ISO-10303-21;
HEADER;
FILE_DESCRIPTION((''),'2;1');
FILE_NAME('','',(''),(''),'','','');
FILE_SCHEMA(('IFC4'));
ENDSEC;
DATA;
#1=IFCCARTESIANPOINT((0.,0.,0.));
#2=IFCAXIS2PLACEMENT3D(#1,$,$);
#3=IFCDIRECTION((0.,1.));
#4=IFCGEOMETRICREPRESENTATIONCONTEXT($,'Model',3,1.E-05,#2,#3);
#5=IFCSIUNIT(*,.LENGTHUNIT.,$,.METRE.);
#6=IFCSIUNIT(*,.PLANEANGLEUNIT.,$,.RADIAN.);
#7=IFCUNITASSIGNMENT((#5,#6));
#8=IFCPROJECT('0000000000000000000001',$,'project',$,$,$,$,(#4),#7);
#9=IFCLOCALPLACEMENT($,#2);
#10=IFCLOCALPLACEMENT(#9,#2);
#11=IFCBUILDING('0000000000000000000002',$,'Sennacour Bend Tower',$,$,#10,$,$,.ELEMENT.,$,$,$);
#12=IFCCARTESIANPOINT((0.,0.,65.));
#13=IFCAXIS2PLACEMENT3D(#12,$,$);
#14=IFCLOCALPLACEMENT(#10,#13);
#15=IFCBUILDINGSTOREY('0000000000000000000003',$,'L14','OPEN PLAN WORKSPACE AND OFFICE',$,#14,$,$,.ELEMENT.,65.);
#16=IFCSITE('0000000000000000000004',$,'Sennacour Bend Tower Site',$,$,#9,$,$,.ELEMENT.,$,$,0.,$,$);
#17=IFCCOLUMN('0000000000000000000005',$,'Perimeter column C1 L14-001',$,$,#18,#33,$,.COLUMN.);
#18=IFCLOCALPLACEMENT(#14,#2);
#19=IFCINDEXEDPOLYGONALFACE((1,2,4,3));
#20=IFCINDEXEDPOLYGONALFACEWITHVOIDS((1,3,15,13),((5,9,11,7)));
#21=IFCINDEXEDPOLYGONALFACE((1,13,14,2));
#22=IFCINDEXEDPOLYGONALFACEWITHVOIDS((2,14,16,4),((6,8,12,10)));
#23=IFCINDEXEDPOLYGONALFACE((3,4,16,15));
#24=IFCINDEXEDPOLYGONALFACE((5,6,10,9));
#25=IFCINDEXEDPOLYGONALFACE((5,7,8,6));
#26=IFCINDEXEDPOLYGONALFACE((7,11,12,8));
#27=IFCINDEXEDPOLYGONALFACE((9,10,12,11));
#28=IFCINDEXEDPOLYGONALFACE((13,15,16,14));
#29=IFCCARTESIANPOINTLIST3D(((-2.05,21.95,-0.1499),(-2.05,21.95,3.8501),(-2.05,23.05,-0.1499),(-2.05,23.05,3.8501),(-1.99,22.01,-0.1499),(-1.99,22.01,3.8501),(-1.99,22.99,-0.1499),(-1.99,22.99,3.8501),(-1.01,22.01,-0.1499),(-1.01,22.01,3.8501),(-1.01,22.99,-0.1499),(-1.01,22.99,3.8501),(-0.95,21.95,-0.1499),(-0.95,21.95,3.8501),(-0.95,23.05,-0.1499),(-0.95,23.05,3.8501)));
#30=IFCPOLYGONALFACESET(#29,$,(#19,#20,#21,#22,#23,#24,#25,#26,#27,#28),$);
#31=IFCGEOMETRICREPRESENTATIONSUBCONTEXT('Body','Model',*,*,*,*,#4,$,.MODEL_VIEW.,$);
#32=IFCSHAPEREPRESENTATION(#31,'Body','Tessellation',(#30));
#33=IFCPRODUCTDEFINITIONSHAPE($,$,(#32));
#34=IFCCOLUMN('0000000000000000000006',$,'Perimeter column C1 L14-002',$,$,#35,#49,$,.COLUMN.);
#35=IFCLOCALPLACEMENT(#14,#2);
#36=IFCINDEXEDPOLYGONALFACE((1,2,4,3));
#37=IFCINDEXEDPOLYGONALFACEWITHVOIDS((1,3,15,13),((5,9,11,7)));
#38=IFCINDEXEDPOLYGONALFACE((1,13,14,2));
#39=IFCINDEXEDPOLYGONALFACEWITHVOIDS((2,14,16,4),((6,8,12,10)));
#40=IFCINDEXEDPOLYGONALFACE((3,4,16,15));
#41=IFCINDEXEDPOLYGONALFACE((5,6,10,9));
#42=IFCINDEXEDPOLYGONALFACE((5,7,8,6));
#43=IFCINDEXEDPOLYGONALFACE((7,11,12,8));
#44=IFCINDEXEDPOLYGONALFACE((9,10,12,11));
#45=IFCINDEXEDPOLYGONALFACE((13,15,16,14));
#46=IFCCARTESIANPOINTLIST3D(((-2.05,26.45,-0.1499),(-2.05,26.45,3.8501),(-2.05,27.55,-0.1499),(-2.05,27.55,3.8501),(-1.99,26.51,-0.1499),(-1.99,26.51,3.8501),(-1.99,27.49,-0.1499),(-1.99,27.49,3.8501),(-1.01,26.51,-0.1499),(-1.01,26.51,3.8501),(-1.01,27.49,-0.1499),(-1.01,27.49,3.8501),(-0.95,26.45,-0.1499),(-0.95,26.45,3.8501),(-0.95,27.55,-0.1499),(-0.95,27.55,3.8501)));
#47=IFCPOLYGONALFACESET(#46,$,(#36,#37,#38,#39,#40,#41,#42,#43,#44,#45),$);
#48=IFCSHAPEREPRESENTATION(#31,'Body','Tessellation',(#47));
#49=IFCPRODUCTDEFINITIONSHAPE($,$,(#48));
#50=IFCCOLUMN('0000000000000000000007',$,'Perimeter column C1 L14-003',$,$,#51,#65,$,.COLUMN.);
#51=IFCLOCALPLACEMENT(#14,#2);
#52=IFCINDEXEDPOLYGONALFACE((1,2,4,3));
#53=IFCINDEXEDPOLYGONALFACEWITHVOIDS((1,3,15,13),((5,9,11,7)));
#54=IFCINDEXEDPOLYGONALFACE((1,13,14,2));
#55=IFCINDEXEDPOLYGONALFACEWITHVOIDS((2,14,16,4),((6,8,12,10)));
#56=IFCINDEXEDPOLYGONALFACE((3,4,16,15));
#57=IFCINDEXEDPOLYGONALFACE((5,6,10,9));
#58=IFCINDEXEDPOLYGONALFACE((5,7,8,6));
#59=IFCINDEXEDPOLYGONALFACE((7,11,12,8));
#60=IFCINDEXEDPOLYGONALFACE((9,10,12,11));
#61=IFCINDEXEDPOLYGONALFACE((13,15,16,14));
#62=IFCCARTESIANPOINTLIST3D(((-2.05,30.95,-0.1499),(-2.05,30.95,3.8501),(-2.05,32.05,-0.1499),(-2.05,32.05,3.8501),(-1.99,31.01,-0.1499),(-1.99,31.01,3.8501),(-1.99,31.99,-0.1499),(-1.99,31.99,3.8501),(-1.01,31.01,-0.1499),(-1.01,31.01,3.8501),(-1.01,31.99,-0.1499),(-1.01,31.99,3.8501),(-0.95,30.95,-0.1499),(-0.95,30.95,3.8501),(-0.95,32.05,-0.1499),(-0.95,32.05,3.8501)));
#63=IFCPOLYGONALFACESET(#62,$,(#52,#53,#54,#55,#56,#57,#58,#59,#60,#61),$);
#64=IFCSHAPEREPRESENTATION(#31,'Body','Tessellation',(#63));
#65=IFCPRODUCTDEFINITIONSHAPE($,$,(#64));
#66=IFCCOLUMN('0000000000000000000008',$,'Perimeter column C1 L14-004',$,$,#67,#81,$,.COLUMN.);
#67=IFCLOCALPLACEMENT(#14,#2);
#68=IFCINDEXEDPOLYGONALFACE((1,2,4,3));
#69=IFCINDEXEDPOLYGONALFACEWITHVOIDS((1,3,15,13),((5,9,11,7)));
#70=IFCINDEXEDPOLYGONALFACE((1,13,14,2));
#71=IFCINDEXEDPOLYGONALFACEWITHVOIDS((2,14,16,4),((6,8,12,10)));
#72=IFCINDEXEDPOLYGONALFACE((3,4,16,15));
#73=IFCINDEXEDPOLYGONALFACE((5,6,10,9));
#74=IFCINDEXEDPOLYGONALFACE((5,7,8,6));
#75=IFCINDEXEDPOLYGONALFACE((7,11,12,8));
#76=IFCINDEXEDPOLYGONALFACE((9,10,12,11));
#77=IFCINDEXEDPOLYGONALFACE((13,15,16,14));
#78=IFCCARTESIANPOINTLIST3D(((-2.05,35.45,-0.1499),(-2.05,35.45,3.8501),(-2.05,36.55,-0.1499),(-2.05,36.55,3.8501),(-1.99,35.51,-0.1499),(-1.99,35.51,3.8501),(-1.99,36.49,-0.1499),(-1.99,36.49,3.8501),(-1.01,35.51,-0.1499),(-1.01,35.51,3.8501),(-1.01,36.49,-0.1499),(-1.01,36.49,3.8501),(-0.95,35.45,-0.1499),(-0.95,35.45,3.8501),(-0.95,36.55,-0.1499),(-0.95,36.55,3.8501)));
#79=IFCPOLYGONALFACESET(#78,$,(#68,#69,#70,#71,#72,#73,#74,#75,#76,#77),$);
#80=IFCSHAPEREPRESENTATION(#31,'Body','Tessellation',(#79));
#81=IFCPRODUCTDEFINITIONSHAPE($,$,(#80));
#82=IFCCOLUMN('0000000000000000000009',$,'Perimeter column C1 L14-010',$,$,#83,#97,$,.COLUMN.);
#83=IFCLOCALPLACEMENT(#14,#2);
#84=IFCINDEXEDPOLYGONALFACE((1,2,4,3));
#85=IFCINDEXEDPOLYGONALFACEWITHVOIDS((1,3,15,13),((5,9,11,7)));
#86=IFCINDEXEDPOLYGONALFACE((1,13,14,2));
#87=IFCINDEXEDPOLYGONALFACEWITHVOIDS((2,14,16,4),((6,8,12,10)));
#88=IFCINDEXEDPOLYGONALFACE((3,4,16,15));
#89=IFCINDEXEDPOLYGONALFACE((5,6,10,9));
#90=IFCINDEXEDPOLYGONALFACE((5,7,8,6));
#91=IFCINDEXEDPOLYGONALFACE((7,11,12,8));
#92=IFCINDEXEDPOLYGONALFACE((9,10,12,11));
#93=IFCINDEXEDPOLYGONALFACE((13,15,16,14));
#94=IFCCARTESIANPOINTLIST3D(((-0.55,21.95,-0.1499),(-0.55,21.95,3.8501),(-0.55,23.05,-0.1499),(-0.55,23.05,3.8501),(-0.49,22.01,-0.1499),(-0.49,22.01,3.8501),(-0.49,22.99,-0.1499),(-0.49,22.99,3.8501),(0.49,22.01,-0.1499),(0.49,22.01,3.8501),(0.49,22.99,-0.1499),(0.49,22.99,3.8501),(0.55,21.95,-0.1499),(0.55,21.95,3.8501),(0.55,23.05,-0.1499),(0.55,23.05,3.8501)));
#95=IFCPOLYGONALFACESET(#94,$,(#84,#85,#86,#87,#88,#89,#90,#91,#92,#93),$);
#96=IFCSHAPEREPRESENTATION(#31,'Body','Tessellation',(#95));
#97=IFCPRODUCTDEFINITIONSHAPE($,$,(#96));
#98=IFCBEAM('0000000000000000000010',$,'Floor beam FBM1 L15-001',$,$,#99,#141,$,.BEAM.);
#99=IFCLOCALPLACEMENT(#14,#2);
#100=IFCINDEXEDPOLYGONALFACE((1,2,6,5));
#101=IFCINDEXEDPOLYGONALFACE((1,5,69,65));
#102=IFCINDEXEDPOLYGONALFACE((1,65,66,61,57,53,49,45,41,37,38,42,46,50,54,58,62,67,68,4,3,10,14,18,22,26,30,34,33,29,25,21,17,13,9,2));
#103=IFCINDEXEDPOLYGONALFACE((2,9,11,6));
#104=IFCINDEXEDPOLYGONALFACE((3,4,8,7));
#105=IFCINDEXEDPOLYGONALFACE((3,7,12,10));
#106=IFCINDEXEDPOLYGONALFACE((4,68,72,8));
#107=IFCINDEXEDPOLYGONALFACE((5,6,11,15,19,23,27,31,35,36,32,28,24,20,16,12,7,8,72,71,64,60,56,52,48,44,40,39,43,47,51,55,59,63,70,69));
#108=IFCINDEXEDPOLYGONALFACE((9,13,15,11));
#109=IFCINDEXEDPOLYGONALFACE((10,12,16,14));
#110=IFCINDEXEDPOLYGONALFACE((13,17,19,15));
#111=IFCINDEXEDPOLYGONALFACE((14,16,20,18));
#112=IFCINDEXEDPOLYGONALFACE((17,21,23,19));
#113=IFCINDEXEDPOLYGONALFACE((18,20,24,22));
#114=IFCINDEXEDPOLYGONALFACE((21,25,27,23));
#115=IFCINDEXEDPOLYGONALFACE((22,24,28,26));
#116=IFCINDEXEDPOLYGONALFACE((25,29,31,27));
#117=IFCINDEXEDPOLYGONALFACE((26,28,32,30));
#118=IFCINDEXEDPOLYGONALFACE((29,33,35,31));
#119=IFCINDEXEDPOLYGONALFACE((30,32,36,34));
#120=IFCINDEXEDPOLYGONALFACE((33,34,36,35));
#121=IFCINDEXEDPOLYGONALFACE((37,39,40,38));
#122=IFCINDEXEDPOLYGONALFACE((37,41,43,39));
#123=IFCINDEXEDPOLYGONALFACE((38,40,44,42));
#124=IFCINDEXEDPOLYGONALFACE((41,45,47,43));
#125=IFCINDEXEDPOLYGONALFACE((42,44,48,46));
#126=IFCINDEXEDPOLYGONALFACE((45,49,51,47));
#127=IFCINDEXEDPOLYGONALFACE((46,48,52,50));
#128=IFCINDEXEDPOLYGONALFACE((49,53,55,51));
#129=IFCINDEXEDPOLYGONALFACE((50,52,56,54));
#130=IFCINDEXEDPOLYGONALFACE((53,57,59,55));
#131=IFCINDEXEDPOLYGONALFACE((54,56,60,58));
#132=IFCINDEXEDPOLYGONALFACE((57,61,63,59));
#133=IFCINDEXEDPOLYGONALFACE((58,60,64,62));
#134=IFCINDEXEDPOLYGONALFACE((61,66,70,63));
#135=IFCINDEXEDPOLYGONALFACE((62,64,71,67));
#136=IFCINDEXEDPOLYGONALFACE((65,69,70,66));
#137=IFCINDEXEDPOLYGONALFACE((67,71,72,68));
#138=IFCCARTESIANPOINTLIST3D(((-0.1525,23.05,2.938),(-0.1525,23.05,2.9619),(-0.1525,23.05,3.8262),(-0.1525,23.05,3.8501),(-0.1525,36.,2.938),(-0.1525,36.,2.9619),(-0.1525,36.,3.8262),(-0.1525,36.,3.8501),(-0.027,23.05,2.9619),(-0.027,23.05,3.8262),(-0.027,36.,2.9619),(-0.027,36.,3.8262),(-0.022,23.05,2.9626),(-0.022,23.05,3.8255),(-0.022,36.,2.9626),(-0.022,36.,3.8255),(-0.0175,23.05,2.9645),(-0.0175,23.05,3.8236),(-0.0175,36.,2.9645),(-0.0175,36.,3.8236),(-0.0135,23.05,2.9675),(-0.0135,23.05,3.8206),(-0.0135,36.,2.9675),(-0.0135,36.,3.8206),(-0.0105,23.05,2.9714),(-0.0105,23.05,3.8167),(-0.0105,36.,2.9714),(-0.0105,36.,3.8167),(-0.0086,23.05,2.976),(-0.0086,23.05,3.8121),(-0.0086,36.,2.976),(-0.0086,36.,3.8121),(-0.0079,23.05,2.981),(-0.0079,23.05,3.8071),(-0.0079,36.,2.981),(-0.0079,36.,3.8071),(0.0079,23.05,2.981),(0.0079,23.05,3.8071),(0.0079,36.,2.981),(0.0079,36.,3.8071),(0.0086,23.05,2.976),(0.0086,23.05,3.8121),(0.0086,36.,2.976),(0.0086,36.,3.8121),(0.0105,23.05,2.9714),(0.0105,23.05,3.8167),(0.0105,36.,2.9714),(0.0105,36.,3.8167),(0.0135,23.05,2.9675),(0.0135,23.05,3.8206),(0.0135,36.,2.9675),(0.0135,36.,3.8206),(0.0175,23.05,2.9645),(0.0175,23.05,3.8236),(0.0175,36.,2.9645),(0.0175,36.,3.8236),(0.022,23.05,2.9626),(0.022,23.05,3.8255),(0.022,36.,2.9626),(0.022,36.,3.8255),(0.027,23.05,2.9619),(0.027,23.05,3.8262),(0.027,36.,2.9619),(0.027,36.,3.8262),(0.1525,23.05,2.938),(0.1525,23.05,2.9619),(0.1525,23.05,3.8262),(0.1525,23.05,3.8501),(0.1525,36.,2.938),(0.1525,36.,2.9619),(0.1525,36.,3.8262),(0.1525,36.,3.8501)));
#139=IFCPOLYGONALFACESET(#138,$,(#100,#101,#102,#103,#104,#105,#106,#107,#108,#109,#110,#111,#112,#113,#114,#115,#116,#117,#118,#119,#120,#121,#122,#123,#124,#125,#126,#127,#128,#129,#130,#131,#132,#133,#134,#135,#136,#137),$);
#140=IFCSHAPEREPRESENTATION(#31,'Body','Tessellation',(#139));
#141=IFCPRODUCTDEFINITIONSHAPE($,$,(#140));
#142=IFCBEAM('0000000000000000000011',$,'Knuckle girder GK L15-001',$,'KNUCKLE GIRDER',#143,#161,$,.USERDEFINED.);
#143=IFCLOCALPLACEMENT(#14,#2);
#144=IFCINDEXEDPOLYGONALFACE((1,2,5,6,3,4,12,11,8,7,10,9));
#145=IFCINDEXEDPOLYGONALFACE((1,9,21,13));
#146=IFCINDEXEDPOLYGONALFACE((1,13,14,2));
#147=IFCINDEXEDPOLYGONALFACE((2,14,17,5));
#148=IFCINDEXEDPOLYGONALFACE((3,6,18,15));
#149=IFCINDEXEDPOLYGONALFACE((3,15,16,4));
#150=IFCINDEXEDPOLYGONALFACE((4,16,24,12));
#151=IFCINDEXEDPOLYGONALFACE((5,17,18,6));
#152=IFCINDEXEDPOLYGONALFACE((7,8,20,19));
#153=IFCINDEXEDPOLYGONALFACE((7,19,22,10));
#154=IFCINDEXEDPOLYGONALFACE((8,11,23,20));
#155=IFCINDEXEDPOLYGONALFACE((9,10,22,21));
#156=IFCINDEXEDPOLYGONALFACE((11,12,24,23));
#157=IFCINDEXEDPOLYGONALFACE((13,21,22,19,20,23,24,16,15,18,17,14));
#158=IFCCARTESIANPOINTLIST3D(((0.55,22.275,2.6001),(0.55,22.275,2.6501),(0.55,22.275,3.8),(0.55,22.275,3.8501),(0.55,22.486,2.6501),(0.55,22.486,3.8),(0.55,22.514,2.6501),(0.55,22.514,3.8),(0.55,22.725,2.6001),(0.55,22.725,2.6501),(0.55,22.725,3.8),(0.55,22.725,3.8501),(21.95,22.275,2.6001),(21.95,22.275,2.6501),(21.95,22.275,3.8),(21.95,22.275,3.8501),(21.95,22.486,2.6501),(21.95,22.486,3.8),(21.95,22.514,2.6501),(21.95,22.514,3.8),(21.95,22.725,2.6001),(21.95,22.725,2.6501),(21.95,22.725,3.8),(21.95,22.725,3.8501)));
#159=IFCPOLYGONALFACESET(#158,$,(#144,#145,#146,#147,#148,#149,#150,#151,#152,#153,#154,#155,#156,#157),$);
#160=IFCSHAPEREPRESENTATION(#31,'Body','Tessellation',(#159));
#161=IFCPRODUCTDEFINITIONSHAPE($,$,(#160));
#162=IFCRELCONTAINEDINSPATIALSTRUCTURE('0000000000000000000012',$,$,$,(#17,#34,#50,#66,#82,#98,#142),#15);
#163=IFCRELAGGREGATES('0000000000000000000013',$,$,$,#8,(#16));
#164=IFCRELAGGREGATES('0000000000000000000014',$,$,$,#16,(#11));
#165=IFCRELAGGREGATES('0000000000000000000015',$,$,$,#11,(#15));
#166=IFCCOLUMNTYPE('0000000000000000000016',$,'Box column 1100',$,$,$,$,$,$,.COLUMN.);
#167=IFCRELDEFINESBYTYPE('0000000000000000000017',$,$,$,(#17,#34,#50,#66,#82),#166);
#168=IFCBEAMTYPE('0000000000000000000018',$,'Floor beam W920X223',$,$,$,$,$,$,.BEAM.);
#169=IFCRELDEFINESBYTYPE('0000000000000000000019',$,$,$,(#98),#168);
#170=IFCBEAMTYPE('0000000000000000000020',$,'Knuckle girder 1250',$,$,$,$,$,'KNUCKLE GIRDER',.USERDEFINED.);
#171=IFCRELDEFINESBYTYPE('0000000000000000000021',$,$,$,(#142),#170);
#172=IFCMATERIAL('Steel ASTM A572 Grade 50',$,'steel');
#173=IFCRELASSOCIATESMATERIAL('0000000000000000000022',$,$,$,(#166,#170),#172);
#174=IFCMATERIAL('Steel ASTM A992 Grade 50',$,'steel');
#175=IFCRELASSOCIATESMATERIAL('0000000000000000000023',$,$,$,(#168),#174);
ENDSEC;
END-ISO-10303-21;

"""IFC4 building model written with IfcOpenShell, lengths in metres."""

from ifc_helpers import new_model, si_unit, direction, frame, origin, origin_2d, place, context, subcontext, project, spatial, hollow_rectangle, i_section, extrude, material, material_profile, profile_set, type_object, element, save


model = new_model("IFC4")

# Units and contexts
model_context = context("Model", 3, precision=1e-05, world=origin(), true_north=direction((0.0, 1.0)))
body_context = subcontext(model_context, "Body", "Model", "MODEL_VIEW")
ifc_project = project(units=[si_unit("LENGTHUNIT", "METRE"), si_unit("PLANEANGLEUNIT", "RADIAN")], contexts=[model_context])

# Site, building, storey
site_placement = place(None, origin())
site = spatial("IfcSite", under=ifc_project, at=site_placement, Name="Sennacour Bend Tower Site", CompositionType="ELEMENT", RefElevation=0.0)
building_placement = place(site_placement, origin())
building = spatial("IfcBuilding", under=site, at=building_placement, Name="Sennacour Bend Tower", CompositionType="ELEMENT")
storey_placement = place(building_placement, frame((0.0, 0.0, 65.0)))
storey = spatial("IfcBuildingStorey", under=building, at=storey_placement, Name="L14", Description="OPEN PLAN WORKSPACE AND OFFICE", CompositionType="ELEMENT", Elevation=65.0)

# Columns
ifc_material_1 = material(Name="Steel ASTM A572 Grade 50", Category="steel")
ifc_material_profile_1 = material_profile(ifc_material_1, hollow_rectangle(XDim=1.1001, YDim=1.1001, WallThickness=0.0601, at=origin_2d()), Name="Steel ASTM A572 Grade 50", Category="steel")
ifc_profile_set_1 = profile_set([ifc_material_profile_1], Name="Steel ASTM A572 Grade 50")
column_type = type_object("IfcColumnType", Name="Box column 1100", PredefinedType="COLUMN", material=ifc_profile_set_1)
for number, where, z_axis, x_axis, name in (
    (1, (-1.5, 22.5, -0.1499), (0.0, 0.0, 1.0), (1.0, 0.0, 0.0), "Perimeter column C1 L14-001"),
    (2, (-1.5, 27.0, -0.1499), (0.0, 0.0, 1.0), (1.0, 0.0, 0.0), "Perimeter column C1 L14-002"),
    (3, (-1.5, 31.5, -0.1499), (0.0, 0.0, 1.0), (1.0, 0.0, 0.0), "Perimeter column C1 L14-003"),
    (4, (-1.5, 36.0, -0.1499), (0.0, 0.0, 1.0), (1.0, 0.0, 0.0), "Perimeter column C1 L14-004"),
    (5, (0.0, 22.5, -0.1499), (0.0, 0.0, 1.0), (1.0, 0.0, 0.0), "Perimeter column C1 L14-010"),
):
    element("IfcColumn", number, at=place(storey_placement, frame(where, z_axis=z_axis, x_axis=x_axis)), inside=storey, type_object=column_type, Name=name, PredefinedType="COLUMN", context=body_context, shape_type="SweptSolid", body=[
        extrude(hollow_rectangle(XDim=1.1001, YDim=1.1001, WallThickness=0.0601, at=origin_2d()), origin(), (0.0, 0.0, 1.0), 4.0),
    ])

# Beams
ifc_material_2 = material(Name="Steel ASTM A992 Grade 50", Category="steel")
ifc_material_profile_2 = material_profile(ifc_material_2, i_section(OverallWidth=0.3049, OverallDepth=0.9121, WebThickness=0.0159, FlangeThickness=0.0239, FilletRadius=0.019, at=origin_2d()), Name="Steel ASTM A992 Grade 50", Category="steel")
ifc_profile_set_2 = profile_set([ifc_material_profile_2], Name="Steel ASTM A992 Grade 50")
beam_type_1 = type_object("IfcBeamType", Name="Floor beam W920X223", PredefinedType="BEAM", material=ifc_profile_set_2)
beam_1_placement = place(storey_placement, frame((0.0, 23.05, 3.394), z_axis=(0.0, 1.0, 0.0), x_axis=(-1.0, 0.0, 0.0)))
element("IfcBeam", 6, at=beam_1_placement, inside=storey, type_object=beam_type_1, Name="Floor beam FBM1 L15-001", PredefinedType="BEAM", context=body_context, shape_type="SweptSolid", body=[
    extrude(i_section(OverallWidth=0.3049, OverallDepth=0.9121, WebThickness=0.0159, FlangeThickness=0.0239, FilletRadius=0.019, at=origin_2d()), origin(), (0.0, 0.0, 1.0), 12.95),
])
ifc_material_profile_3 = material_profile(ifc_material_1, i_section(OverallWidth=0.45, OverallDepth=1.25, WebThickness=0.0281, FlangeThickness=0.05, at=origin_2d()), Name="Steel ASTM A572 Grade 50", Category="steel")
ifc_profile_set_3 = profile_set([ifc_material_profile_3], Name="Steel ASTM A572 Grade 50")
beam_type_2 = type_object("IfcBeamType", Name="Knuckle girder 1250", ElementType="KNUCKLE GIRDER", PredefinedType="USERDEFINED", material=ifc_profile_set_3)
beam_2_placement = place(storey_placement, frame((0.55, 22.5, 3.2251), z_axis=(1.0, 0.0, 0.0), x_axis=(0.0, 1.0, 0.0)))
element("IfcBeam", 7, at=beam_2_placement, inside=storey, type_object=beam_type_2, Name="Knuckle girder GK L15-001", ObjectType="KNUCKLE GIRDER", PredefinedType="USERDEFINED", context=body_context, shape_type="SweptSolid", body=[
    extrude(i_section(OverallWidth=0.45, OverallDepth=1.25, WebThickness=0.0281, FlangeThickness=0.05, at=origin_2d()), origin(), (0.0, 0.0, 1.0), 21.3999),
])

save(model, "model.ifc")
